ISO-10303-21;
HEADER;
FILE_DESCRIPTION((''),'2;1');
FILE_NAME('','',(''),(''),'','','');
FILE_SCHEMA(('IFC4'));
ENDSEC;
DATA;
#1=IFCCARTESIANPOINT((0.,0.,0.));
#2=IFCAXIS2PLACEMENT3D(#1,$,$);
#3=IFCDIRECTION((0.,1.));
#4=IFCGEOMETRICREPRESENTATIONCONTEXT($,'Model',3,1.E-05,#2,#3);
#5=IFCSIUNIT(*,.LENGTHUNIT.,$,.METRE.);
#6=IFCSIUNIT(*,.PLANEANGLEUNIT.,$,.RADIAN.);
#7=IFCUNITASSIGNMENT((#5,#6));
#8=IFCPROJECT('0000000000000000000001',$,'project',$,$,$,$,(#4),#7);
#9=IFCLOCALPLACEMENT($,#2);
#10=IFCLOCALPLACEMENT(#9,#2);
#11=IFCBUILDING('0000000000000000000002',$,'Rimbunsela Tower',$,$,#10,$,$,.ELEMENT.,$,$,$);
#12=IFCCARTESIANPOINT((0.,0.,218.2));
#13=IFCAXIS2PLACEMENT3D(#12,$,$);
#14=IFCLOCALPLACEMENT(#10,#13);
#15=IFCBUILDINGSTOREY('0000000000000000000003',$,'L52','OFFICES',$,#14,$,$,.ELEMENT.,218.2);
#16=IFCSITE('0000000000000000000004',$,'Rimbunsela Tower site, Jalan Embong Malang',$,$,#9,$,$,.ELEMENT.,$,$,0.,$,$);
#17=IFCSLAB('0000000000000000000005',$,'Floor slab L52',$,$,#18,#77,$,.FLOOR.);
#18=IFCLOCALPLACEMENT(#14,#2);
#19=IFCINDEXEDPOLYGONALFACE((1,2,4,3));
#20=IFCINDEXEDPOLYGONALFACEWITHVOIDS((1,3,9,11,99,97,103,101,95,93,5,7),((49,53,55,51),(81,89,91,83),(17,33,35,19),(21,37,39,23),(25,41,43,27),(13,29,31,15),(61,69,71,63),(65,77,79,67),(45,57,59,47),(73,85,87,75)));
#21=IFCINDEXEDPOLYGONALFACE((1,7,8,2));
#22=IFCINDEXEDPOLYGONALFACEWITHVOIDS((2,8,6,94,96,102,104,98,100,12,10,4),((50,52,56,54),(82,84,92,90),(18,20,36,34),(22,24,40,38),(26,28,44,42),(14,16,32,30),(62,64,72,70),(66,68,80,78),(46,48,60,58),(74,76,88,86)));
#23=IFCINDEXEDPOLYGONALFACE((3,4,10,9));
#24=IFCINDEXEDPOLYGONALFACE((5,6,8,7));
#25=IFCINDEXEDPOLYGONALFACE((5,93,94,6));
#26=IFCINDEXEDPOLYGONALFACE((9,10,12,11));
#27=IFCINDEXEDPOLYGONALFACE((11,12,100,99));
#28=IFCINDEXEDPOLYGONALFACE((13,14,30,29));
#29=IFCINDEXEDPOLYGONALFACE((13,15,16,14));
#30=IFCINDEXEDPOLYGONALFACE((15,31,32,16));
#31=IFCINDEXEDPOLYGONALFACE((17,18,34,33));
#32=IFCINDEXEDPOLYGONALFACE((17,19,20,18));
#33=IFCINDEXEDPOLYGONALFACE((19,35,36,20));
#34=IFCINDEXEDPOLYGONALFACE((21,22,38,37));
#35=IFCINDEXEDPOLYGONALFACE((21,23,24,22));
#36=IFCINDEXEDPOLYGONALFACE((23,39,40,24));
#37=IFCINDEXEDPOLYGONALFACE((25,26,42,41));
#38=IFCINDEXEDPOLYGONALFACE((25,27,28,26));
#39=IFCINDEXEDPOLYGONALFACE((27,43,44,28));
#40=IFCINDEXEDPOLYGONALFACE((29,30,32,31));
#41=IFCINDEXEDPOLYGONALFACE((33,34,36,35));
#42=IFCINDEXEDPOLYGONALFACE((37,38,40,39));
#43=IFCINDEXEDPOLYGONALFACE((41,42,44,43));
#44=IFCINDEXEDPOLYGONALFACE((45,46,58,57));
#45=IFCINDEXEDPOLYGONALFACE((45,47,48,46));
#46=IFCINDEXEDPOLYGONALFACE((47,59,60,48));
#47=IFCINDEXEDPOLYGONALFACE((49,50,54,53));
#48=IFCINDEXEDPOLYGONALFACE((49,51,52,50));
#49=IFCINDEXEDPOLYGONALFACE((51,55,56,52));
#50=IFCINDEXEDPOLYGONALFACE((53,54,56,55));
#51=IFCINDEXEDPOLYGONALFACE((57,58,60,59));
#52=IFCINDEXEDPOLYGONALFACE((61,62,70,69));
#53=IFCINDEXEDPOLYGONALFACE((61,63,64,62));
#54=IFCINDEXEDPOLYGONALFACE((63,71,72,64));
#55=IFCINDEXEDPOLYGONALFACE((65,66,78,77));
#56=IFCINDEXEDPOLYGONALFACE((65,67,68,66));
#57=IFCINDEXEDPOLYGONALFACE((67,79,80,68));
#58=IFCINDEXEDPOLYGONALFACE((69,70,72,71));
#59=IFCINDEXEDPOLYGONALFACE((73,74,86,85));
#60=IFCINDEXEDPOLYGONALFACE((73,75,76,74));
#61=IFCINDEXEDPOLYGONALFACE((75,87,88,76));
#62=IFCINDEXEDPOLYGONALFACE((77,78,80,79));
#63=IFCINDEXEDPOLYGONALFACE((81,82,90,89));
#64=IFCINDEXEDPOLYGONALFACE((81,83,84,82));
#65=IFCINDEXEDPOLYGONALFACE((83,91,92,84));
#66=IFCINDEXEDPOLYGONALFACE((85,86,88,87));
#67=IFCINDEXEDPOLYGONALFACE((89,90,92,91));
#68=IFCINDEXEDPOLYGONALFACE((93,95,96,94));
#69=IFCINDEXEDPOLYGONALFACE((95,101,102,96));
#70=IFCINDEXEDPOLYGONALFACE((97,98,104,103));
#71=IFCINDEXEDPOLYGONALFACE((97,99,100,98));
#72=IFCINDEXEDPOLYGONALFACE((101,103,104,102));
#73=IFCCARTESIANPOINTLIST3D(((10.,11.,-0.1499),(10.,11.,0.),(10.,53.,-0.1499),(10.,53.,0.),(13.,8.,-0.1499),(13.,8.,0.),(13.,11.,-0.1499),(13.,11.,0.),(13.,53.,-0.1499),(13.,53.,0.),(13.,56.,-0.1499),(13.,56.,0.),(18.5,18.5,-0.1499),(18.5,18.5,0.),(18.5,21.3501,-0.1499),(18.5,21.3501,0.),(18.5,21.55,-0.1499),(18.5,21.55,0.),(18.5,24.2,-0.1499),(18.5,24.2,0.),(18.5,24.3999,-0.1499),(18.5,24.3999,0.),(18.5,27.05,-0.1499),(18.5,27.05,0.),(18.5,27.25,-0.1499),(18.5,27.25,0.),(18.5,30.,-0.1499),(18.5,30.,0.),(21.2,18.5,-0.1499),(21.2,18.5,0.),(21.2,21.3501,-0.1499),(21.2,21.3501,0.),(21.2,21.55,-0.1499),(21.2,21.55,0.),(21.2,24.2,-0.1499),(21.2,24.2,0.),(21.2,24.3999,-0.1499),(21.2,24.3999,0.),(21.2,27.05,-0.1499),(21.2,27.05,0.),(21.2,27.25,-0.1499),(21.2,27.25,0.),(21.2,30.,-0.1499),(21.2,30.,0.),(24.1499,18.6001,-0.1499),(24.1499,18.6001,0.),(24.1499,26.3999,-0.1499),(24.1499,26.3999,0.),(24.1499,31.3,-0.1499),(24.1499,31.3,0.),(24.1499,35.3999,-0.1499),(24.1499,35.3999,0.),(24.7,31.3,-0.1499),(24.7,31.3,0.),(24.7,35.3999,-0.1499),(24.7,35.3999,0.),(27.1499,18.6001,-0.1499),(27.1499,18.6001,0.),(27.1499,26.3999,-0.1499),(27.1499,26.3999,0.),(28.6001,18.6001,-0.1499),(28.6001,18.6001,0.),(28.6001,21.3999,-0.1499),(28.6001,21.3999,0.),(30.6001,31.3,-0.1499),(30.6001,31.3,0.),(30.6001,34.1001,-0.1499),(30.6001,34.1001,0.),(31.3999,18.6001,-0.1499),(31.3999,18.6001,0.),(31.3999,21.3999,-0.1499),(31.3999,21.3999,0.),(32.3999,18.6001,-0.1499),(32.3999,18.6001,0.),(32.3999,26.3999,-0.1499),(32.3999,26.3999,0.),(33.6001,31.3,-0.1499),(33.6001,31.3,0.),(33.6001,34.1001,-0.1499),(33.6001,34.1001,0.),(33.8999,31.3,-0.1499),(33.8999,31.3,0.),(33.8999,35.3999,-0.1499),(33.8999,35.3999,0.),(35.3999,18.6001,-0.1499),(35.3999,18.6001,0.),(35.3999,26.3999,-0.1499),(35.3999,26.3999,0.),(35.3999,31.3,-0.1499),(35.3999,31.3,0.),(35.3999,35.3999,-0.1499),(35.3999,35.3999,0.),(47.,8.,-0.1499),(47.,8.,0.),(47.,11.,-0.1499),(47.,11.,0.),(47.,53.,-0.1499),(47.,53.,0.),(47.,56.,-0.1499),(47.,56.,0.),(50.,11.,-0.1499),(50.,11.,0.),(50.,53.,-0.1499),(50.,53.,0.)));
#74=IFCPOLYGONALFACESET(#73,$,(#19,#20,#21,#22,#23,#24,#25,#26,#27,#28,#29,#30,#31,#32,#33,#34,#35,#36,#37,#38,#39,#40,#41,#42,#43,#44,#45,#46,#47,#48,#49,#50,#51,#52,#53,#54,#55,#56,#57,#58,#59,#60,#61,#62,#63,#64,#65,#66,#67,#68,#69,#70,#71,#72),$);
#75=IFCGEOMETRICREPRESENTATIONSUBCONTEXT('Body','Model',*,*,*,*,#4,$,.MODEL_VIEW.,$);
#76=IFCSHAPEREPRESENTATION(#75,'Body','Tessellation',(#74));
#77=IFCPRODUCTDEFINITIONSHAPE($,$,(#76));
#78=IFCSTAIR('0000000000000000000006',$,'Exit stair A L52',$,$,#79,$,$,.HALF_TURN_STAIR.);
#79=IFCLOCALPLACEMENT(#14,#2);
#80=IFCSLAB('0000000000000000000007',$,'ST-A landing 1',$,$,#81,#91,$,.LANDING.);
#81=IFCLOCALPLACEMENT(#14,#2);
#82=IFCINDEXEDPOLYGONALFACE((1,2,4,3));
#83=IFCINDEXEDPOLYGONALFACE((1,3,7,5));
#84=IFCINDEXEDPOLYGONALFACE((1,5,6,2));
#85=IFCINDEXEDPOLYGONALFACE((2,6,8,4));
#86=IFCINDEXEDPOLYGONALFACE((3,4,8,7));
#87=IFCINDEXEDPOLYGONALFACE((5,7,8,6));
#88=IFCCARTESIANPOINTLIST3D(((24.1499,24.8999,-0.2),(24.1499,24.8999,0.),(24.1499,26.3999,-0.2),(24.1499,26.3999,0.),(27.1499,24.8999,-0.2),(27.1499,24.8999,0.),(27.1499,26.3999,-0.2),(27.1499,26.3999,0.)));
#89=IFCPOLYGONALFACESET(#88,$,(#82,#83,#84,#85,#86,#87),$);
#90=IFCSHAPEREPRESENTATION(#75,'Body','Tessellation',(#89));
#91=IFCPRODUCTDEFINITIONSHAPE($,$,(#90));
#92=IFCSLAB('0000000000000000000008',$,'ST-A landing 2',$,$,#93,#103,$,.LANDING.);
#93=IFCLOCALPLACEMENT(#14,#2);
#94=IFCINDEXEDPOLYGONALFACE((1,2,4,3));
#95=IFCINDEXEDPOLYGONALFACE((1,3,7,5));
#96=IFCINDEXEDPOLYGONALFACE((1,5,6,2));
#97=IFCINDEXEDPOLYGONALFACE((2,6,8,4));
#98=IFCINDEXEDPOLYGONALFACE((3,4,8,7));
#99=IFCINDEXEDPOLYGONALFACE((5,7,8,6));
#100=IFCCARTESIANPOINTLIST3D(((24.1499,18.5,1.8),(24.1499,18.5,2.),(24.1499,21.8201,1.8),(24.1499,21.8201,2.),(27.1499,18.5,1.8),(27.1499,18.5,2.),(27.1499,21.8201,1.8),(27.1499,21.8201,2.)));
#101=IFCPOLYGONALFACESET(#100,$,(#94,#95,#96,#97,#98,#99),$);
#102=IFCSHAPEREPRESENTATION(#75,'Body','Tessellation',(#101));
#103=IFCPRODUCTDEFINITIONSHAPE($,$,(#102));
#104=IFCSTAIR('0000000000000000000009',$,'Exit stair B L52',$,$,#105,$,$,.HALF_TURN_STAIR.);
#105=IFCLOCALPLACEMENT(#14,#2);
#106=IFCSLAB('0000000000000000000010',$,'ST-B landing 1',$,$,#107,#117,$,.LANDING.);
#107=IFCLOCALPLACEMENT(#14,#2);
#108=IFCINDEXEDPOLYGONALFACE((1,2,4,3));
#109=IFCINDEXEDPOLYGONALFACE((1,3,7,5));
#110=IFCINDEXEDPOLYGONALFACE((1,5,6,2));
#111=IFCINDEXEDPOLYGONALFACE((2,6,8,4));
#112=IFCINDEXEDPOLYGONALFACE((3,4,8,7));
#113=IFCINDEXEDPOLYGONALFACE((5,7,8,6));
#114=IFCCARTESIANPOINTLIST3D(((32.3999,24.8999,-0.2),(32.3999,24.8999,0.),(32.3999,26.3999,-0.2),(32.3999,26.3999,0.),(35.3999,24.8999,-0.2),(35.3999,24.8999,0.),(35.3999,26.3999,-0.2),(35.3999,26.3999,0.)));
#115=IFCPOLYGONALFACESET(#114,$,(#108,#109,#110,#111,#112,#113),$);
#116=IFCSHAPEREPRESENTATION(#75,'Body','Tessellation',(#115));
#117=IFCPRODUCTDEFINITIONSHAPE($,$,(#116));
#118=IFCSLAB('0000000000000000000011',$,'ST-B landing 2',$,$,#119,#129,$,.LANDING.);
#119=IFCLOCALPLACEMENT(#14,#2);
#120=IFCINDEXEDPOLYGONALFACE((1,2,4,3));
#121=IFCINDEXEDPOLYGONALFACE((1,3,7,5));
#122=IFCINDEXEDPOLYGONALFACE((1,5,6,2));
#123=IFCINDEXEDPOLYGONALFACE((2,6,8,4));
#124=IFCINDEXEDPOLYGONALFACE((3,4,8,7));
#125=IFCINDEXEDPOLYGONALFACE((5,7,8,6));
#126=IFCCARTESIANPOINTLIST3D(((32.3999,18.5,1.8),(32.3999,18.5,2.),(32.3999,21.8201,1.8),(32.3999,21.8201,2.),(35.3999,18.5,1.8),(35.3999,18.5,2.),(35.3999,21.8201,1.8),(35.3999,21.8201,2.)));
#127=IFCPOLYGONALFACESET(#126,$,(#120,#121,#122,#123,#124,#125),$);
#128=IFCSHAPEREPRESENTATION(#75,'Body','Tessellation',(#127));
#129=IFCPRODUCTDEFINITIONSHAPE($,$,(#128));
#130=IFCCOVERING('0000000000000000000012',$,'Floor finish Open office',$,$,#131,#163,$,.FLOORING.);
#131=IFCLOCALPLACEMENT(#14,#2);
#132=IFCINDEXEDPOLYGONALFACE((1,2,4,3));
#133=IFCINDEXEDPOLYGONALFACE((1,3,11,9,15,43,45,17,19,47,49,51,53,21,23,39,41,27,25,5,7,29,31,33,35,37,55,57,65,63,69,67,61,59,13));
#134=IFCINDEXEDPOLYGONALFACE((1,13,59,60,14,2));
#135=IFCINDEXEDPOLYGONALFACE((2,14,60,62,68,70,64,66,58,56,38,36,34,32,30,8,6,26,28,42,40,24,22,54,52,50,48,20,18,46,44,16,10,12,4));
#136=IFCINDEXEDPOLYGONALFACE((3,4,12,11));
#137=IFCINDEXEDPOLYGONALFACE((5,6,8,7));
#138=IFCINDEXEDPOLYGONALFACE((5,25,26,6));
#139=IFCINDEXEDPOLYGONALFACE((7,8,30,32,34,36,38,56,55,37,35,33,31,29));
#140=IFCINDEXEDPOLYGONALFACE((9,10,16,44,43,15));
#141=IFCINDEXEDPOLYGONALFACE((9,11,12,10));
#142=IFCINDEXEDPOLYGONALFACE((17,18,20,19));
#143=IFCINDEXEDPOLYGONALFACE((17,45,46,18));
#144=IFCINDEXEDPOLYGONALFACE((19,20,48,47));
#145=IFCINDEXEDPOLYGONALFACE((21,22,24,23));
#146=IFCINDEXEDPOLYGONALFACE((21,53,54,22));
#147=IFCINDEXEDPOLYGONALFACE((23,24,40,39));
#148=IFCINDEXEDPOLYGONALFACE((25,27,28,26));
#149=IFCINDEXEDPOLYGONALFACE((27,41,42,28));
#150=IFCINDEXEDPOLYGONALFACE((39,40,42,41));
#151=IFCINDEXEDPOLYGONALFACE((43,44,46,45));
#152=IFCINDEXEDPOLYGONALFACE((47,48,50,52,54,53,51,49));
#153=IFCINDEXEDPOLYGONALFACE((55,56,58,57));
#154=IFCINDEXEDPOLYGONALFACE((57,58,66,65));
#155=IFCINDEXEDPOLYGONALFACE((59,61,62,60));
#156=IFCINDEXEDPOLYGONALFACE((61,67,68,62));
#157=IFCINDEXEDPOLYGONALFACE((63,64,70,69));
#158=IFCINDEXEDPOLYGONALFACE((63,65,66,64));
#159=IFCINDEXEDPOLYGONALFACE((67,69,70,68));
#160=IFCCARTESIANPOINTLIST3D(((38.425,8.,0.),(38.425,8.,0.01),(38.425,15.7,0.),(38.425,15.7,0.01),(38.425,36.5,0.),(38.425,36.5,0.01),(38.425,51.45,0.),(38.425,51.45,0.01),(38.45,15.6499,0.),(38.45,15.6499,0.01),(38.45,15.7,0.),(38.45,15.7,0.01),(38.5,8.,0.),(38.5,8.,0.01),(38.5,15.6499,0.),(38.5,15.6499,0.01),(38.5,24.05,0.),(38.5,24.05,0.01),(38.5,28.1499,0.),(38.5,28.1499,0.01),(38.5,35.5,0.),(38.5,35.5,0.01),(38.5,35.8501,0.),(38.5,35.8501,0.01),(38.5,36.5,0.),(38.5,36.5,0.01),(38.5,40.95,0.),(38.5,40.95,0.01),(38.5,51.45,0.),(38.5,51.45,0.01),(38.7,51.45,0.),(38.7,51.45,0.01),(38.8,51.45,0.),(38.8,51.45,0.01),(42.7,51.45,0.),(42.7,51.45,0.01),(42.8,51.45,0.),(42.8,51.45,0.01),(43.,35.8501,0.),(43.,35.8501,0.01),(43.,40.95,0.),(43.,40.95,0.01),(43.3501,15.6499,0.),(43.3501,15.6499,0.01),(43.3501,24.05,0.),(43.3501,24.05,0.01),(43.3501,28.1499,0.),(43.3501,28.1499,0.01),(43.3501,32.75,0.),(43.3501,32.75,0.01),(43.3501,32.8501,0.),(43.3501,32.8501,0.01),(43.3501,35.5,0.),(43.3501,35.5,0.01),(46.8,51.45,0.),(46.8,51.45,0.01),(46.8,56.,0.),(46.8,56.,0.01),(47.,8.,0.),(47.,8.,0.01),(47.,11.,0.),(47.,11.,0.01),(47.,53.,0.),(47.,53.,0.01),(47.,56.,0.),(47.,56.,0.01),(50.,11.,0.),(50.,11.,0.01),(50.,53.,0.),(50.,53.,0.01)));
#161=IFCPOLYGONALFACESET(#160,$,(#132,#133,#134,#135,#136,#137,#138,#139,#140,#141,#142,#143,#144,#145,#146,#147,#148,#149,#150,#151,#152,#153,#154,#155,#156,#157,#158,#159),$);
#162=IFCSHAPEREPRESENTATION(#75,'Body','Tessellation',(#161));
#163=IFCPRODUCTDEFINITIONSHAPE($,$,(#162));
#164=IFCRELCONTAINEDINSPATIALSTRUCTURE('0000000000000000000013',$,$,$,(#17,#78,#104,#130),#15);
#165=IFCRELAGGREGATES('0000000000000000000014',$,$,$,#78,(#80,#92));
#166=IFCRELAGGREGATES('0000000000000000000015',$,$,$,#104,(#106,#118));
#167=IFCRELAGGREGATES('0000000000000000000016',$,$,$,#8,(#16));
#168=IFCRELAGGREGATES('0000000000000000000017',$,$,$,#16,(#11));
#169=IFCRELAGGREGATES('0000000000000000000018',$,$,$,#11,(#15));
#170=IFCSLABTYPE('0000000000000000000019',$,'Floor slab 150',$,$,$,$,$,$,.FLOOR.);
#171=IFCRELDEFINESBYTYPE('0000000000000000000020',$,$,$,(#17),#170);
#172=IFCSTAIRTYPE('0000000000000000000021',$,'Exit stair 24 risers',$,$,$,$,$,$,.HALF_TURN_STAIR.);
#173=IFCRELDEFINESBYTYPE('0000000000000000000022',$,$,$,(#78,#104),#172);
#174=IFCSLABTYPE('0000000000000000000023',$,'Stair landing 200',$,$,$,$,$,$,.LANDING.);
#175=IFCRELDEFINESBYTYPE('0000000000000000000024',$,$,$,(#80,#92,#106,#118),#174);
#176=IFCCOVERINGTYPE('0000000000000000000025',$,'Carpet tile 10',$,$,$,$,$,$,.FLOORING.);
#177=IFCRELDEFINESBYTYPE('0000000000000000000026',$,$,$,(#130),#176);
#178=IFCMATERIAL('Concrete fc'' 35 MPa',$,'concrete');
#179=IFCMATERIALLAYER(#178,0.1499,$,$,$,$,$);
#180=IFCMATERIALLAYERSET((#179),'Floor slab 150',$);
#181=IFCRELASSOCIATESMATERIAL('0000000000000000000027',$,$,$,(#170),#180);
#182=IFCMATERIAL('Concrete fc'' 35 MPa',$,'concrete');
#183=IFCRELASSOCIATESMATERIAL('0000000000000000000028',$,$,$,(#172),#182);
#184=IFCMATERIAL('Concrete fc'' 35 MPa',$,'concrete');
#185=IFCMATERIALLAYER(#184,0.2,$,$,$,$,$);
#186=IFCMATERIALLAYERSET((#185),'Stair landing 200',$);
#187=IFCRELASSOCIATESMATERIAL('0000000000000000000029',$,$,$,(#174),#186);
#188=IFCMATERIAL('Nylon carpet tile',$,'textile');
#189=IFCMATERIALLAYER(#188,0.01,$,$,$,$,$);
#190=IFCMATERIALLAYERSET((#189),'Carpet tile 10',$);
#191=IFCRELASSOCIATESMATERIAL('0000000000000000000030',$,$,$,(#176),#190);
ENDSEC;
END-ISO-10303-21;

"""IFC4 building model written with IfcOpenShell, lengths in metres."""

from ifc_helpers import new_model, si_unit, direction, frame, origin, place, context, subcontext, project, spatial, polyline, outline, extrude, material, layer, layer_set, type_object, element, aggregate, save


model = new_model("IFC4")

# Units and contexts
model_context = context("Model", 3, precision=1e-05, world=origin(), true_north=direction((0.0, 1.0)))
body_context = subcontext(model_context, "Body", "Model", "MODEL_VIEW")
ifc_project = project(units=[si_unit("LENGTHUNIT", "METRE"), si_unit("PLANEANGLEUNIT", "RADIAN")], contexts=[model_context])

# Site, building, storey
site_placement = place(None, origin())
site = spatial("IfcSite", under=ifc_project, at=site_placement, Name="Rimbunsela Tower site, Jalan Embong Malang", CompositionType="ELEMENT", RefElevation=0.0)
building_placement = place(site_placement, origin())
building = spatial("IfcBuilding", under=site, at=building_placement, Name="Rimbunsela Tower", CompositionType="ELEMENT")
storey_placement = place(building_placement, frame((0.0, 0.0, 218.2)))
storey = spatial("IfcBuildingStorey", under=building, at=storey_placement, Name="L52", Description="OFFICES", CompositionType="ELEMENT", Elevation=218.2)

# Slab
ifc_material_1 = material(Name="Concrete fc' 35 MPa", Category="concrete")
ifc_layer_1 = layer(ifc_material_1, 0.1499)
ifc_layer_set_1 = layer_set([ifc_layer_1], Name="Floor slab 150")
slab_type_1 = type_object("IfcSlabType", Name="Floor slab 150", PredefinedType="FLOOR", material=ifc_layer_set_1)
slab_1_placement = place(storey_placement, frame((0.0, 0.0, -0.1499)))
element("IfcSlab", 1, at=slab_1_placement, inside=storey, type_object=slab_type_1, Name="Floor slab L52", PredefinedType="FLOOR", context=body_context, shape_type="SweptSolid", body=[
    extrude(outline(polyline([(13.0, 8.0), (47.0, 8.0), (47.0, 11.0), (50.0, 11.0), (50.0, 53.0), (47.0, 53.0), (47.0, 56.0), (13.0, 56.0), (13.0, 53.0), (10.0, 53.0), (10.0, 11.0), (13.0, 11.0), (13.0, 8.0)]), holes=[polyline([(21.2, 21.3501), (18.5, 21.3501), (18.5, 18.5), (21.2, 18.5), (21.2, 21.3501)]), polyline([(21.2, 21.55), (21.2, 24.2), (18.5, 24.2), (18.5, 21.55), (21.2, 21.55)]), polyline([(21.2, 27.05), (18.5, 27.05), (18.5, 24.3999), (21.2, 24.3999), (21.2, 27.05)]), polyline([(21.2, 30.0), (18.5, 30.0), (18.5, 27.25), (21.2, 27.25), (21.2, 30.0)]), polyline([(27.1499, 26.3999), (24.1499, 26.3999), (24.1499, 18.6001), (27.1499, 18.6001), (27.1499, 26.3999)]), polyline([(24.7, 31.3), (24.7, 35.3999), (24.1499, 35.3999), (24.1499, 31.3), (24.7, 31.3)]), polyline([(31.3999, 21.3999), (28.6001, 21.3999), (28.6001, 18.6001), (31.3999, 18.6001), (31.3999, 21.3999)]), polyline([(33.6001, 34.1001), (30.6001, 34.1001), (30.6001, 31.3), (33.6001, 31.3), (33.6001, 34.1001)]), polyline([(35.3999, 18.6001), (35.3999, 26.3999), (32.3999, 26.3999), (32.3999, 18.6001), (35.3999, 18.6001)]), polyline([(35.3999, 31.3), (35.3999, 35.3999), (33.8999, 35.3999), (33.8999, 31.3), (35.3999, 31.3)])]), origin(), (0.0, 0.0, 1.0), 0.1499),
])

# Stairs, slabs
ifc_material_2 = material(Name="Concrete fc' 35 MPa", Category="concrete")
stair_type = type_object("IfcStairType", Name="Exit stair 24 risers", PredefinedType="HALF_TURN_STAIR", material=ifc_material_2)
stair_1_placement = place(storey_placement, origin())
stair_1 = element("IfcStair", 2, at=stair_1_placement, inside=storey, type_object=stair_type, Name="Exit stair A L52", PredefinedType="HALF_TURN_STAIR")
ifc_material_3 = material(Name="Concrete fc' 35 MPa", Category="concrete")
ifc_layer_2 = layer(ifc_material_3, 0.2)
ifc_layer_set_2 = layer_set([ifc_layer_2], Name="Stair landing 200")
slab_type_2 = type_object("IfcSlabType", Name="Stair landing 200", PredefinedType="LANDING", material=ifc_layer_set_2)
slab_2_placement = place(storey_placement, frame((0.0, 0.0, -0.2)))
slab_2 = element("IfcSlab", 3, at=slab_2_placement, type_object=slab_type_2, Name="ST-A landing 1", PredefinedType="LANDING", context=body_context, shape_type="SweptSolid", body=[
    extrude(outline(polyline([(24.1499, 24.8999), (27.1499, 24.8999), (27.1499, 26.3999), (24.1499, 26.3999), (24.1499, 24.8999)])), origin(), (0.0, 0.0, 1.0), 0.2),
])
slab_3_placement = place(storey_placement, frame((0.0, 0.0, 1.8)))
slab_3 = element("IfcSlab", 4, at=slab_3_placement, type_object=slab_type_2, Name="ST-A landing 2", PredefinedType="LANDING", context=body_context, shape_type="SweptSolid", body=[
    extrude(outline(polyline([(24.1499, 18.5), (27.1499, 18.5), (27.1499, 21.8201), (24.1499, 21.8201), (24.1499, 18.5)])), origin(), (0.0, 0.0, 1.0), 0.2),
])
aggregate(stair_1, [slab_2, slab_3])
stair_2_placement = place(storey_placement, origin())
stair_2 = element("IfcStair", 5, at=stair_2_placement, inside=storey, type_object=stair_type, Name="Exit stair B L52", PredefinedType="HALF_TURN_STAIR")
slab_4_placement = place(storey_placement, frame((0.0, 0.0, -0.2)))
slab_4 = element("IfcSlab", 6, at=slab_4_placement, type_object=slab_type_2, Name="ST-B landing 1", PredefinedType="LANDING", context=body_context, shape_type="SweptSolid", body=[
    extrude(outline(polyline([(32.3999, 24.8999), (35.3999, 24.8999), (35.3999, 26.3999), (32.3999, 26.3999), (32.3999, 24.8999)])), origin(), (0.0, 0.0, 1.0), 0.2),
])
slab_5_placement = place(storey_placement, frame((0.0, 0.0, 1.8)))
slab_5 = element("IfcSlab", 7, at=slab_5_placement, type_object=slab_type_2, Name="ST-B landing 2", PredefinedType="LANDING", context=body_context, shape_type="SweptSolid", body=[
    extrude(outline(polyline([(32.3999, 18.5), (35.3999, 18.5), (35.3999, 21.8201), (32.3999, 21.8201), (32.3999, 18.5)])), origin(), (0.0, 0.0, 1.0), 0.2),
])
aggregate(stair_2, [slab_4, slab_5])

# Covering
ifc_material_4 = material(Name="Nylon carpet tile", Category="textile")
ifc_layer_3 = layer(ifc_material_4, 0.01)
ifc_layer_set_3 = layer_set([ifc_layer_3], Name="Carpet tile 10")
covering_type_1 = type_object("IfcCoveringType", Name="Carpet tile 10", PredefinedType="FLOORING", material=ifc_layer_set_3)
covering_1_placement = place(storey_placement, origin())
element("IfcCovering", 8, at=covering_1_placement, inside=storey, type_object=covering_type_1, Name="Floor finish Open office", PredefinedType="FLOORING", context=body_context, shape_type="SweptSolid", body=[
    extrude(outline(polyline([(38.425, 51.45), (38.5, 51.45), (38.7, 51.45), (38.8, 51.45), (42.7, 51.45), (42.8, 51.45), (46.8, 51.45), (46.8, 56.0), (47.0, 56.0), (47.0, 53.0), (50.0, 53.0), (50.0, 11.0), (47.0, 11.0), (47.0, 8.0), (38.5, 8.0), (38.425, 8.0), (38.425, 15.7), (38.45, 15.7), (38.45, 15.6499), (38.5, 15.6499), (43.3501, 15.6499), (43.3501, 24.05), (38.5, 24.05), (38.5, 28.1499), (43.3501, 28.1499), (43.3501, 32.75), (43.3501, 32.8501), (43.3501, 35.5), (38.5, 35.5), (38.5, 35.8501), (43.0, 35.8501), (43.0, 40.95), (38.5, 40.95), (38.5, 36.5), (38.425, 36.5), (38.425, 51.45)])), origin(), (0.0, 0.0, 1.0), 0.01),
])

save(model, "model.ifc")
